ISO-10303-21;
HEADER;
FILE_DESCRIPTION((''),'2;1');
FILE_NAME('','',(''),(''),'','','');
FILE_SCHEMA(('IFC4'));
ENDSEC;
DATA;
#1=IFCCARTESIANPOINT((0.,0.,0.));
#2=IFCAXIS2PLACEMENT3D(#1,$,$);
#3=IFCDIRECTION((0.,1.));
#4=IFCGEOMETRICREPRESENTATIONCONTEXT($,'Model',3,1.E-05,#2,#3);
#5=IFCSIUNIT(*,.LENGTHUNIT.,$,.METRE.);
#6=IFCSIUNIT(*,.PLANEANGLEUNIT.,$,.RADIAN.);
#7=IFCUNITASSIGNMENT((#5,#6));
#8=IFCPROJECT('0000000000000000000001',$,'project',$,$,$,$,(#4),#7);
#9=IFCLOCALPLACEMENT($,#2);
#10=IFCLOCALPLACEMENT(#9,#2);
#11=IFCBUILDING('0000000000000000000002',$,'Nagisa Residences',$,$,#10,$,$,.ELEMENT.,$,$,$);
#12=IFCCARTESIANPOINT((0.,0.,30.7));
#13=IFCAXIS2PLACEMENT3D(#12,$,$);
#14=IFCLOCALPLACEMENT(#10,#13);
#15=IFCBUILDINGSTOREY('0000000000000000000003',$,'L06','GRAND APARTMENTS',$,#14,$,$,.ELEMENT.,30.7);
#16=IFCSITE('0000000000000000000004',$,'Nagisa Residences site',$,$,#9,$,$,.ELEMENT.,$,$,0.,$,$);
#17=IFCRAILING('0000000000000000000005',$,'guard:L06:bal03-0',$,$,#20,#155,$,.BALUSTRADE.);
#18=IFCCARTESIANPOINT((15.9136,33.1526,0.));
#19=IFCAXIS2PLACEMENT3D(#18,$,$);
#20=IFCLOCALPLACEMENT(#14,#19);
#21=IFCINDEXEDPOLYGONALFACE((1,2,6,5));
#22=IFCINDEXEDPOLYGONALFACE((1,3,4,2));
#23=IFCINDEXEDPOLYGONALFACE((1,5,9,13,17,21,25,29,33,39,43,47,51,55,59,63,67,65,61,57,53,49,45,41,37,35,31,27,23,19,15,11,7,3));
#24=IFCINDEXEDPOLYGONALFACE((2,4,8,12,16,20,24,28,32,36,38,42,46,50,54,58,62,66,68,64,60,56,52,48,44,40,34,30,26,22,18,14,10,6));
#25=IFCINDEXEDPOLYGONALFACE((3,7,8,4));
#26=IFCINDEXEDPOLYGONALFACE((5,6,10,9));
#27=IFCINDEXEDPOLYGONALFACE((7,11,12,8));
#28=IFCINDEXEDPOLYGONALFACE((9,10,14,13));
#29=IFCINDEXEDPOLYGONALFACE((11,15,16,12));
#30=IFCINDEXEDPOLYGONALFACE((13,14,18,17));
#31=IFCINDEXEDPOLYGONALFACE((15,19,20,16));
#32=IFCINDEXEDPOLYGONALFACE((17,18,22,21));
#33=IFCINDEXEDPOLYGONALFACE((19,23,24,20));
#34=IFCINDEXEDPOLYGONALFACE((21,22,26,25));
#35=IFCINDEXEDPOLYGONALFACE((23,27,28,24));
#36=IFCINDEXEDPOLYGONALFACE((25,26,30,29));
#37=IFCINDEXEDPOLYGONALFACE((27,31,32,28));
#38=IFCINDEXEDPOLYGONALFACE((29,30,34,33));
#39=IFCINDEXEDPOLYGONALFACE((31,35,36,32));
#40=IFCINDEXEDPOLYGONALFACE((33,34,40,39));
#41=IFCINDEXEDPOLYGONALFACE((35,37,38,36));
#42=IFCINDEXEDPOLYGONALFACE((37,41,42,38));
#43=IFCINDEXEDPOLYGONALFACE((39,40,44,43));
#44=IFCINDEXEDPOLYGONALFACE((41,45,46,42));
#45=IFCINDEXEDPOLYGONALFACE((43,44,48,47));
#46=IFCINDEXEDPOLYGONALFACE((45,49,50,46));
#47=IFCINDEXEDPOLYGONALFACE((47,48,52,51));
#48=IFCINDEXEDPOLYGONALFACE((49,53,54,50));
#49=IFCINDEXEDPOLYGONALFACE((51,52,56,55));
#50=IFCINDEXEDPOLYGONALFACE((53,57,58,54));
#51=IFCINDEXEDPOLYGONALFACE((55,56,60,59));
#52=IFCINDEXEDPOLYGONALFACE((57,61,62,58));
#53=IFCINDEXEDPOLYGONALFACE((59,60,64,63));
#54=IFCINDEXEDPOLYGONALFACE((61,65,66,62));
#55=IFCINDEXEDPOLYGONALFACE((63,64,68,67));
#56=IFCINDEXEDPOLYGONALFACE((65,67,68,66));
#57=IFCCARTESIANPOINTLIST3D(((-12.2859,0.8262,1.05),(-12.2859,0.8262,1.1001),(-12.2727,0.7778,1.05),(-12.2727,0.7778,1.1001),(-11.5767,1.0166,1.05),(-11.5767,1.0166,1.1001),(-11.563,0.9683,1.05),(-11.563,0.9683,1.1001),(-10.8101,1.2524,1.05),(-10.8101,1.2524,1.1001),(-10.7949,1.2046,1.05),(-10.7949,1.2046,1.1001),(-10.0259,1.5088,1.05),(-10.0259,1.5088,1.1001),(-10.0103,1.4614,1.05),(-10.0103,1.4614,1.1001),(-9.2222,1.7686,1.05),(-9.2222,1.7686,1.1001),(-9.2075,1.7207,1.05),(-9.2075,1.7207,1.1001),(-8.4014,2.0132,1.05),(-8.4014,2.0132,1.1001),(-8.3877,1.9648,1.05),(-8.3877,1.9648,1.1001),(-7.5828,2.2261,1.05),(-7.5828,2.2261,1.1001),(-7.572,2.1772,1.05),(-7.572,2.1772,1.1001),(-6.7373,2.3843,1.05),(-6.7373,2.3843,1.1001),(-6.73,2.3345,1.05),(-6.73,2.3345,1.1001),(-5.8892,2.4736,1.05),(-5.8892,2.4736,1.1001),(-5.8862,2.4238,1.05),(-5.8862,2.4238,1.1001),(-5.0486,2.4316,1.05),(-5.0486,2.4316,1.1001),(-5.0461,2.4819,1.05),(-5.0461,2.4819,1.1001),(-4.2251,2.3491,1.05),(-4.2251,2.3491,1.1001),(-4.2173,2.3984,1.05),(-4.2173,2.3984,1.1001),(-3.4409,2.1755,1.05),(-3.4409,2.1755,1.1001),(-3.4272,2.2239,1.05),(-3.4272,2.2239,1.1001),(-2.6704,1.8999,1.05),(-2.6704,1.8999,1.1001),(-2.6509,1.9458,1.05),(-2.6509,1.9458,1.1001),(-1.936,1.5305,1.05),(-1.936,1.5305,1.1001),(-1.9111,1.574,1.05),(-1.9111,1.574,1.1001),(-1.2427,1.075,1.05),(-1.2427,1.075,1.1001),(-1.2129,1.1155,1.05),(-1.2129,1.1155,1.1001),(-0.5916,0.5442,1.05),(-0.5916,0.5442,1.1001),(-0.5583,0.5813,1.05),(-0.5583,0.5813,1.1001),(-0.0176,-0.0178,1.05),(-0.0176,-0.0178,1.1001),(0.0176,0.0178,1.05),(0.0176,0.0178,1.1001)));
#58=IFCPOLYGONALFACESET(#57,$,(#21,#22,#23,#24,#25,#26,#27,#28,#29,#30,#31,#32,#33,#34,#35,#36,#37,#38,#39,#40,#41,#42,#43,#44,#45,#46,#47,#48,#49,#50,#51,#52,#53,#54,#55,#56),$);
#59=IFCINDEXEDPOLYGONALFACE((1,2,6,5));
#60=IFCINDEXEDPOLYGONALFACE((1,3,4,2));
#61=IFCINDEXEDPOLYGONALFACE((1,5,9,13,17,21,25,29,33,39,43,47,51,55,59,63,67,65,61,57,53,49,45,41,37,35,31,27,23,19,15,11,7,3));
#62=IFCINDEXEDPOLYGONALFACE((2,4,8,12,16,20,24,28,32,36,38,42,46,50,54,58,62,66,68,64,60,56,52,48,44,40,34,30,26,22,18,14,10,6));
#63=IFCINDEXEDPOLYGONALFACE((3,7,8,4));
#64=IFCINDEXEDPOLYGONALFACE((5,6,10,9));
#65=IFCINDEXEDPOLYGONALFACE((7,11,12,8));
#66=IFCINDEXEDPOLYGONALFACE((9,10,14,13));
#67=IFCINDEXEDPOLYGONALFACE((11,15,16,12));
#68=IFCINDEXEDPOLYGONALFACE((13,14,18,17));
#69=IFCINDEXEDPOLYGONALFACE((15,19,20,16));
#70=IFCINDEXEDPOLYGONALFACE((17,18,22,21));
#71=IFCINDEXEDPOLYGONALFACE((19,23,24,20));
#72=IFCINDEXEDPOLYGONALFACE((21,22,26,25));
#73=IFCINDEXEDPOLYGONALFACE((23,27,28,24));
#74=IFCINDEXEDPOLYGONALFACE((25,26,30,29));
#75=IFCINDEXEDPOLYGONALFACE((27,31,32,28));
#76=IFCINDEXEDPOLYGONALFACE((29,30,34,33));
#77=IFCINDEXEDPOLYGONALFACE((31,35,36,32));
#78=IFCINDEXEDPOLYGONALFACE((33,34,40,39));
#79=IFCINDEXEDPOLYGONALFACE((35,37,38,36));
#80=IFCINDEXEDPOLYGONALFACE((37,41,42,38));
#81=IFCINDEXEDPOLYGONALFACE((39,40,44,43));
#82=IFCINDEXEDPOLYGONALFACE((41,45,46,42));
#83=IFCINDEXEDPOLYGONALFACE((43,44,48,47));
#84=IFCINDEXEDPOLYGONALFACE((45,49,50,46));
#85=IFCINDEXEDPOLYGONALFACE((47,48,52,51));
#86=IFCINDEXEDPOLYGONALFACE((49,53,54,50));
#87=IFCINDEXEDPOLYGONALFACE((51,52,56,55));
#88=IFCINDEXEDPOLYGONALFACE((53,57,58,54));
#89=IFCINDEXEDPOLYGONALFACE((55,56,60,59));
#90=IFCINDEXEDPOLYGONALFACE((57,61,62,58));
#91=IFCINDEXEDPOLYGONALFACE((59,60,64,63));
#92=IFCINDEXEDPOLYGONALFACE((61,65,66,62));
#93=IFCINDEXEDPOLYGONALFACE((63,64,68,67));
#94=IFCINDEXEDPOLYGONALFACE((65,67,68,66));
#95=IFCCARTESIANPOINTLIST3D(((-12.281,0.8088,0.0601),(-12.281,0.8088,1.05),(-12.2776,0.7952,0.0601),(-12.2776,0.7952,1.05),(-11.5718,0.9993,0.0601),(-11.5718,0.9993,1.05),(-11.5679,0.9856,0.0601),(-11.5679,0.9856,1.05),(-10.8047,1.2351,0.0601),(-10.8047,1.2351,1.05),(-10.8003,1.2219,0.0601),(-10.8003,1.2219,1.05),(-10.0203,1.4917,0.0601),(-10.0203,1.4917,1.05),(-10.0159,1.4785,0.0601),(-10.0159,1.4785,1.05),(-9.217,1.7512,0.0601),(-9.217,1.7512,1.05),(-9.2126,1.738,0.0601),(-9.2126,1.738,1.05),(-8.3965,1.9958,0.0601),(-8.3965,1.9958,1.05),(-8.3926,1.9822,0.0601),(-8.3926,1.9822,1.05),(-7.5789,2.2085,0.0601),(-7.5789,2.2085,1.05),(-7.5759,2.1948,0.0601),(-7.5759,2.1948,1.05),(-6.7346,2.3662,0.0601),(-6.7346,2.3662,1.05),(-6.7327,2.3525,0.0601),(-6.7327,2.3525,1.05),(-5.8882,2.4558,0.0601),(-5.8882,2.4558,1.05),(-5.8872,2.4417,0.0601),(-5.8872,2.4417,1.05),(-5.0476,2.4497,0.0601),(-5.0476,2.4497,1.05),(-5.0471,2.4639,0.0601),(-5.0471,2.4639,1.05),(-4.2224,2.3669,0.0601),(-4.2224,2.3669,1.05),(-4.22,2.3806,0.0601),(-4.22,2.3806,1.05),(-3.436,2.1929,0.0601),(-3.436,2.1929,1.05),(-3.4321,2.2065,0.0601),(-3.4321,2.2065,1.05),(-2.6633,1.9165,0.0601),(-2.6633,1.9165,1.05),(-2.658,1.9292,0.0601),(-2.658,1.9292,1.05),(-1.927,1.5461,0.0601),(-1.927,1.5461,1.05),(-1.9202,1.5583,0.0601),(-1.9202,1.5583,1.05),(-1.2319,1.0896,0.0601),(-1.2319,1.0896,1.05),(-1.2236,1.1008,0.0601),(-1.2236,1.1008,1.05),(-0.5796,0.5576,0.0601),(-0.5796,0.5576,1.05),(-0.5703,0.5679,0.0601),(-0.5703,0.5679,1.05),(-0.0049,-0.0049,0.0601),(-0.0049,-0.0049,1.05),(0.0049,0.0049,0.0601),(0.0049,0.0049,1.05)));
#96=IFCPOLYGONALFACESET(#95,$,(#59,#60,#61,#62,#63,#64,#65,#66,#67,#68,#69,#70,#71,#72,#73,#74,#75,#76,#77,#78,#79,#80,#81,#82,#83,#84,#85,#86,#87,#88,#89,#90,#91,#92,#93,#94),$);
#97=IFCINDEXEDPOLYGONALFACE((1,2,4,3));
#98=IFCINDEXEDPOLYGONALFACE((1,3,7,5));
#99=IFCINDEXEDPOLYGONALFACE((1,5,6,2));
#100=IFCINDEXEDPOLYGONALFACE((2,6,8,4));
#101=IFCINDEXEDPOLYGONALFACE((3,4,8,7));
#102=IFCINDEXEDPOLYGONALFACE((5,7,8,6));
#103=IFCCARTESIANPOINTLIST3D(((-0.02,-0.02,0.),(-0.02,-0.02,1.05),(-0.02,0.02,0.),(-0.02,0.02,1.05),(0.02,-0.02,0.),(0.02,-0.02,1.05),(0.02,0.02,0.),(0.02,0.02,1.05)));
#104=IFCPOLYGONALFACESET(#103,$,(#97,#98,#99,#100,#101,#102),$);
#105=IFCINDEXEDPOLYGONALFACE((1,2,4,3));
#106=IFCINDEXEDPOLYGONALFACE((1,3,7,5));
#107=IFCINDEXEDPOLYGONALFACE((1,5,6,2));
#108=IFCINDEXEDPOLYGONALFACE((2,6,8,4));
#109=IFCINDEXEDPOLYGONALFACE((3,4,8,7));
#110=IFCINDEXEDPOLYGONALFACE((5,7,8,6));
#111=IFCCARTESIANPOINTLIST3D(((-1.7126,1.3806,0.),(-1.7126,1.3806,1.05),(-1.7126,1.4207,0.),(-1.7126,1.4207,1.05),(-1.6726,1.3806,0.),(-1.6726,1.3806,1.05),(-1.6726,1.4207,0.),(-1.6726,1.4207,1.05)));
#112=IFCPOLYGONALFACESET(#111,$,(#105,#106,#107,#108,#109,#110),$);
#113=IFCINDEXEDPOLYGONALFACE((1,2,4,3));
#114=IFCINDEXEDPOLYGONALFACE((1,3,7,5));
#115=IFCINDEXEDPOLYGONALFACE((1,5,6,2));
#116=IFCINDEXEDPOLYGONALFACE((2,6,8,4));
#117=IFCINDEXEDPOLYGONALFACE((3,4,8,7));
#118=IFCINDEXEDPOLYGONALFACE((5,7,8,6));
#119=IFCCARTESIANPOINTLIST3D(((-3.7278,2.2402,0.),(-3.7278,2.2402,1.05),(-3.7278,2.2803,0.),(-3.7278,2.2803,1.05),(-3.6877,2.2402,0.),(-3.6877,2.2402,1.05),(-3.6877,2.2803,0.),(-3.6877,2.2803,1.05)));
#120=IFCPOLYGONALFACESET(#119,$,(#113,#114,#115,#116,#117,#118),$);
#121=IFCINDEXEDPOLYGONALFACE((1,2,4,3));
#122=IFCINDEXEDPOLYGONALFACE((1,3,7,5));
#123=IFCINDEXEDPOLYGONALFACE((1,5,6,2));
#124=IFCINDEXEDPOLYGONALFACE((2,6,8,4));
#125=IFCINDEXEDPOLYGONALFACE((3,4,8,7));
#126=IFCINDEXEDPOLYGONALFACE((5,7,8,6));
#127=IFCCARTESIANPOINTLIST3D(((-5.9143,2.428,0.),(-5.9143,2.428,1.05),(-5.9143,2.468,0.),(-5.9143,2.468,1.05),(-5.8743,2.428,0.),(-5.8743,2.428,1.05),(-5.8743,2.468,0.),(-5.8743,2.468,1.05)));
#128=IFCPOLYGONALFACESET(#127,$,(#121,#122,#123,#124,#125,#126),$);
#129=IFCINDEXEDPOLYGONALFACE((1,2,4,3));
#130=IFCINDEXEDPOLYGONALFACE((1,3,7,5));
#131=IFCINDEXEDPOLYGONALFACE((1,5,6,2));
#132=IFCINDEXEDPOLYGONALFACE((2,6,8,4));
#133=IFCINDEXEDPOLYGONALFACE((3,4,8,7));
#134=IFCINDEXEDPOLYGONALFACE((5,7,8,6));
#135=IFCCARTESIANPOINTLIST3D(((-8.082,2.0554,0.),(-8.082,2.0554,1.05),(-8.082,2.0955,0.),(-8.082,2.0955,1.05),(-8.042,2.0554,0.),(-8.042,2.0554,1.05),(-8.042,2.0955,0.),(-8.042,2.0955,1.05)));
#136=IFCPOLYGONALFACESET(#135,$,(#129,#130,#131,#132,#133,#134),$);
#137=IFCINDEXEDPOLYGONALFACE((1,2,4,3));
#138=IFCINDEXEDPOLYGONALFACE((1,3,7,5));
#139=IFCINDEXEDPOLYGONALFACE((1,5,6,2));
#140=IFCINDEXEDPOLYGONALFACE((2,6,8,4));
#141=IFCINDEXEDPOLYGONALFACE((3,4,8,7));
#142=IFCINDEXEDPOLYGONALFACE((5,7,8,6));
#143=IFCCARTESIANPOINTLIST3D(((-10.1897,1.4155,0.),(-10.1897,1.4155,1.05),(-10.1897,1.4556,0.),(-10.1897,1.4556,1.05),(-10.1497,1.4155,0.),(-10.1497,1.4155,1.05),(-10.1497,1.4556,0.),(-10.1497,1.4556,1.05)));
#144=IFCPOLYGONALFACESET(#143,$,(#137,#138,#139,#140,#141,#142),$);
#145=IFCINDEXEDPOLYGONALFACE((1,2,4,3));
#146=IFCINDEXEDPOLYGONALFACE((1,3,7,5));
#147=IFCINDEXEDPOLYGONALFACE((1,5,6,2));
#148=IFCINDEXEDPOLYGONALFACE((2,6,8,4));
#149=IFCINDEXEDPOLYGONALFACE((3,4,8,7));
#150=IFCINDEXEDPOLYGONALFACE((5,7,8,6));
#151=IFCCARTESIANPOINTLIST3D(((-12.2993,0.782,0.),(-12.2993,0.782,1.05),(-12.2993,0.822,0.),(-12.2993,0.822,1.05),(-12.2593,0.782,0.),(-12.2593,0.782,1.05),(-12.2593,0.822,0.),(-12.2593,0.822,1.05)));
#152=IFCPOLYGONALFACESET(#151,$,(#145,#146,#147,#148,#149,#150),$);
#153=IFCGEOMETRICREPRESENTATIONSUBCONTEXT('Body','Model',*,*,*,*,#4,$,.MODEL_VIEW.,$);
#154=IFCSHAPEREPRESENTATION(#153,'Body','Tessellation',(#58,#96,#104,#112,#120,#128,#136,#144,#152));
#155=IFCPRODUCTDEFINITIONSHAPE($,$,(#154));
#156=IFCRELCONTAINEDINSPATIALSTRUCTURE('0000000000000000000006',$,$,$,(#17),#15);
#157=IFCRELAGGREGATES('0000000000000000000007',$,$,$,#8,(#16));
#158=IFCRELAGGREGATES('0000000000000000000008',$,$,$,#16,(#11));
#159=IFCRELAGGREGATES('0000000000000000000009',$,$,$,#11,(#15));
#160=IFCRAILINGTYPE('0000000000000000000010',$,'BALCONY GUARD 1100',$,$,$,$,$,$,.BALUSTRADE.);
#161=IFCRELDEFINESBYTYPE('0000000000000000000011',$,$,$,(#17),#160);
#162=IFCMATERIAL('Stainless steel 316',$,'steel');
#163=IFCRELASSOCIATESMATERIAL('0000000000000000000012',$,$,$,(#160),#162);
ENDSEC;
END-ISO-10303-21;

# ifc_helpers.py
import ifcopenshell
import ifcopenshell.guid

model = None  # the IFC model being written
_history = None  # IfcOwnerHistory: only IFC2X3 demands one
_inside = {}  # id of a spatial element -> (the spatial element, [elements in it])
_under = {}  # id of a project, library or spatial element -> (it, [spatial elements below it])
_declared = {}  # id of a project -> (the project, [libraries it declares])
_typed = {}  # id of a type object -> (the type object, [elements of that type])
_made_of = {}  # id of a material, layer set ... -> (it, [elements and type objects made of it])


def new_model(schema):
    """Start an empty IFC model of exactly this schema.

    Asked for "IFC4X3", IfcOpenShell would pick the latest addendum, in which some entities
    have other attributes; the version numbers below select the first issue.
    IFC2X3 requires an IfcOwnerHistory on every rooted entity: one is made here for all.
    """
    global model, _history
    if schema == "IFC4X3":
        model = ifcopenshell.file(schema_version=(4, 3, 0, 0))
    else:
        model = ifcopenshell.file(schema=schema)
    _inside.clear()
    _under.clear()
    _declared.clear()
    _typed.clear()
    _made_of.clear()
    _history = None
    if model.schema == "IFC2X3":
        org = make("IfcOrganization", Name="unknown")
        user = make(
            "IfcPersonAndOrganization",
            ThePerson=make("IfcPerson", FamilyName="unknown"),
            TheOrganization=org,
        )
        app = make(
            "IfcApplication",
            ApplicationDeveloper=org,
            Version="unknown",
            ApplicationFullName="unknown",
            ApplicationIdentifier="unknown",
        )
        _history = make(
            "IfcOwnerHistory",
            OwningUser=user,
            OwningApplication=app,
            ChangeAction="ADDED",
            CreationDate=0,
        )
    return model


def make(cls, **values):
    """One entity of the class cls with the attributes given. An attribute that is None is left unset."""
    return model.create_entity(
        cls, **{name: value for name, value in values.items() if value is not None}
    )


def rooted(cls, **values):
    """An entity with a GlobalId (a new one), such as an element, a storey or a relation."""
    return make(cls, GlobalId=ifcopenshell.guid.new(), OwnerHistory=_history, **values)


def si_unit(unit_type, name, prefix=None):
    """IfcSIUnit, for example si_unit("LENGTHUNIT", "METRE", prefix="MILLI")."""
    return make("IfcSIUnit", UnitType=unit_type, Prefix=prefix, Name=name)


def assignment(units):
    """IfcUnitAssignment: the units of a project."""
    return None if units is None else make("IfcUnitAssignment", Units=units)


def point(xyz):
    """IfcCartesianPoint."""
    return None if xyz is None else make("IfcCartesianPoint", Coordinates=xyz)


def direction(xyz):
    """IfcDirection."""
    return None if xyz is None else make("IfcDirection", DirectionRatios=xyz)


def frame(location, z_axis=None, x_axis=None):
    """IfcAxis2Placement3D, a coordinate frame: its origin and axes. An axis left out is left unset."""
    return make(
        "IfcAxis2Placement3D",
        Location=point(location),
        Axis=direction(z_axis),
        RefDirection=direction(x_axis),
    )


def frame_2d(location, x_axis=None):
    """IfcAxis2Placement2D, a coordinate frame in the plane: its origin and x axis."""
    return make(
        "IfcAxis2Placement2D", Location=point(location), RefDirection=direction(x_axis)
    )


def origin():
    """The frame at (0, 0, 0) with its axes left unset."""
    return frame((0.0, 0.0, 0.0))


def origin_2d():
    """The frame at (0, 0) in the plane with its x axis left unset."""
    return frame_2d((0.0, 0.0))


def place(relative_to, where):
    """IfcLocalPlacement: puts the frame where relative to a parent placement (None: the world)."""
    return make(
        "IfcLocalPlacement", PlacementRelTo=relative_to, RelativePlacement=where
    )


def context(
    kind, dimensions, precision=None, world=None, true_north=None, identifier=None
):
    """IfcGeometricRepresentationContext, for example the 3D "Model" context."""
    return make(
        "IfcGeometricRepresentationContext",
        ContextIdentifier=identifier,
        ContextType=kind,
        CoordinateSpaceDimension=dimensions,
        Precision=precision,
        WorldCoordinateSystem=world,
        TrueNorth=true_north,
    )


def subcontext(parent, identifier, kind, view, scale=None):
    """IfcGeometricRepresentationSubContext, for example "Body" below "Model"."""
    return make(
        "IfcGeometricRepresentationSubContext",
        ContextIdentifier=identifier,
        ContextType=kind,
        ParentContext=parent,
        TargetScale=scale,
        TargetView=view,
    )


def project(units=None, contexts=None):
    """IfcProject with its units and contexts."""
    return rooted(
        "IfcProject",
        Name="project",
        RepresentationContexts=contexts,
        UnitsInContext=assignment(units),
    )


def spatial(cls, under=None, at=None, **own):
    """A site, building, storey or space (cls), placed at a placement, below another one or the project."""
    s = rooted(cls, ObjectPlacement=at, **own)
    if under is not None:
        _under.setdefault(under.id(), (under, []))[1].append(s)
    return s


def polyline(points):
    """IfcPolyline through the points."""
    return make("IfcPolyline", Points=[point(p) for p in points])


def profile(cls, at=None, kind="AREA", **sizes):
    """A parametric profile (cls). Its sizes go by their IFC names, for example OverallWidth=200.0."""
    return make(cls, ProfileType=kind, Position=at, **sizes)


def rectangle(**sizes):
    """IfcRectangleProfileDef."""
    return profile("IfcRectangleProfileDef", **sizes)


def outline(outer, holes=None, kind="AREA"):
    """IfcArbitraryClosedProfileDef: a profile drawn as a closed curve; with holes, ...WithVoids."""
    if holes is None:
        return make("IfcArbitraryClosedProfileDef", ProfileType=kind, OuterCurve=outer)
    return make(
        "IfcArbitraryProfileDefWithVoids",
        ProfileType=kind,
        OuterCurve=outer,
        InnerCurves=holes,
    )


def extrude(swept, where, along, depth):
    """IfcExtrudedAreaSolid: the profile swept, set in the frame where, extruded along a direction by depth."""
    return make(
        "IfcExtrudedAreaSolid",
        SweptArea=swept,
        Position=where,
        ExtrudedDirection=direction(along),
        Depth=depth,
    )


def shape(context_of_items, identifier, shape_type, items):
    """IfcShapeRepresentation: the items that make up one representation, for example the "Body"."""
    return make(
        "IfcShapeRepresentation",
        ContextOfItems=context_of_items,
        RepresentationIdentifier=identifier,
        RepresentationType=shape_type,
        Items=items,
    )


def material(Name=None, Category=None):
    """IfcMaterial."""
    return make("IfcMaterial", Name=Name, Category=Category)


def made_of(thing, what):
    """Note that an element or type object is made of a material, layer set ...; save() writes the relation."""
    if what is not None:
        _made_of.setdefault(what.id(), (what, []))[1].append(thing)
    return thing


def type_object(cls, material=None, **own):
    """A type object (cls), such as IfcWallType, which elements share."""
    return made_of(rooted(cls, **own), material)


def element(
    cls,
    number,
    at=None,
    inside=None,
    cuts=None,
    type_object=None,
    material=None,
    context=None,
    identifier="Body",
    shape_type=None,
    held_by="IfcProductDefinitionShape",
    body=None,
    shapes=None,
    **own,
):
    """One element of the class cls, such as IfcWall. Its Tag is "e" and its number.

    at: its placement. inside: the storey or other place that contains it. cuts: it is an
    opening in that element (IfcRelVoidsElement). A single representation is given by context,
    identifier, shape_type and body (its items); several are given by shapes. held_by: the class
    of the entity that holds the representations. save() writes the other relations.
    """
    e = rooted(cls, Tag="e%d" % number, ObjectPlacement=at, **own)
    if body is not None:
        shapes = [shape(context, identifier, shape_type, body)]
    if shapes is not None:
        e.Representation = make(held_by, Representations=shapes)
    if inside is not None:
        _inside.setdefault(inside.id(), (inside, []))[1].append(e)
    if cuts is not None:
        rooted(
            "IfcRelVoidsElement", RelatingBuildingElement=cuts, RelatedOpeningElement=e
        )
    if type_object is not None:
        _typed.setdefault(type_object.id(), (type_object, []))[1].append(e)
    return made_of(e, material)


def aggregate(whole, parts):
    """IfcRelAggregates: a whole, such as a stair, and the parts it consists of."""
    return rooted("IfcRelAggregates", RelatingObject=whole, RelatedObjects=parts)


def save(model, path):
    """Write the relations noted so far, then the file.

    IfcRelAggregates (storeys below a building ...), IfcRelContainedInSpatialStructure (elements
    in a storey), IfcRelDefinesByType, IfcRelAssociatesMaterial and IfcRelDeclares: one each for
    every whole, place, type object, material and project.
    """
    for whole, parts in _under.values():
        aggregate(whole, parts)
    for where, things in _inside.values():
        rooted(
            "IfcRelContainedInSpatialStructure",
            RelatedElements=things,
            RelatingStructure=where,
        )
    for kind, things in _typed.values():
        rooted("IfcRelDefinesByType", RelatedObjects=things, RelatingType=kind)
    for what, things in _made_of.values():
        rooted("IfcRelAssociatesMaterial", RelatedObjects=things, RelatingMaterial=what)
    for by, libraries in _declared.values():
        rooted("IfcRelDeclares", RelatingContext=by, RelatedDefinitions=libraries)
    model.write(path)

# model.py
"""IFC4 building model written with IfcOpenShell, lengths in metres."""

from ifc_helpers import new_model, si_unit, direction, frame, origin, origin_2d, place, context, subcontext, project, spatial, polyline, rectangle, outline, extrude, material, type_object, element, save


model = new_model("IFC4")

# Units and contexts
model_context = context("Model", 3, precision=1e-05, world=origin(), true_north=direction((0.0, 1.0)))
body_context = subcontext(model_context, "Body", "Model", "MODEL_VIEW")
ifc_project = project(units=[si_unit("LENGTHUNIT", "METRE"), si_unit("PLANEANGLEUNIT", "RADIAN")], contexts=[model_context])

# Site, building, storey
site_placement = place(None, origin())
site = spatial("IfcSite", under=ifc_project, at=site_placement, Name="Nagisa Residences site", CompositionType="ELEMENT", RefElevation=0.0)
building_placement = place(site_placement, origin())
building = spatial("IfcBuilding", under=site, at=building_placement, Name="Nagisa Residences", CompositionType="ELEMENT")
storey_placement = place(building_placement, frame((0.0, 0.0, 30.7)))
storey = spatial("IfcBuildingStorey", under=building, at=storey_placement, Name="L06", Description="GRAND APARTMENTS", CompositionType="ELEMENT", Elevation=30.7)

# Railing
ifc_material_1 = material(Name="Stainless steel 316", Category="steel")
railing_type = type_object("IfcRailingType", Name="BALCONY GUARD 1100", PredefinedType="BALUSTRADE", material=ifc_material_1)
railing_1_placement = place(storey_placement, frame((15.9136, 33.1526, 0.0)))
element("IfcRailing", 1, at=railing_1_placement, inside=storey, type_object=railing_type, Name="guard:L06:bal03-0", PredefinedType="BALUSTRADE", context=body_context, shape_type="SweptSolid", body=[
    extrude(outline(polyline([(-0.5916, 0.5442), (-0.0176, -0.0178), (0.0176, 0.0178), (-0.5583, 0.5813), (-1.2129, 1.1155), (-1.9111, 1.574), (-2.6509, 1.9458), (-3.4272, 2.2239), (-4.2173, 2.3984), (-5.0461, 2.4819), (-5.8892, 2.4736), (-6.7373, 2.3843), (-7.5828, 2.2261), (-8.4014, 2.0132), (-9.2222, 1.7686), (-10.0259, 1.5088), (-10.8101, 1.2524), (-11.5767, 1.0166), (-12.2859, 0.8262), (-12.2727, 0.7778), (-11.563, 0.9683), (-10.7949, 1.2046), (-10.0103, 1.4614), (-9.2075, 1.7207), (-8.3877, 1.9648), (-7.572, 2.1772), (-6.73, 2.3345), (-5.8862, 2.4238), (-5.0486, 2.4316), (-4.2251, 2.3491), (-3.4409, 2.1755), (-2.6704, 1.8999), (-1.936, 1.5305), (-1.2427, 1.075), (-0.5916, 0.5442)])), frame((0.0, 0.0, 1.05)), (0.0, 0.0, 1.0), 0.05),
    extrude(outline(polyline([(-0.5796, 0.5576), (-0.0049, -0.0049), (0.0049, 0.0049), (-0.5703, 0.5679), (-1.2236, 1.1008), (-1.9202, 1.5583), (-2.658, 1.9292), (-3.4321, 2.2065), (-4.22, 2.3806), (-5.0471, 2.4639), (-5.8882, 2.4558), (-6.7346, 2.3662), (-7.5789, 2.2085), (-8.3965, 1.9958), (-9.217, 1.7512), (-10.0203, 1.4917), (-10.8047, 1.2351), (-11.5718, 0.9993), (-12.281, 0.8088), (-12.2776, 0.7952), (-11.5679, 0.9856), (-10.8003, 1.2219), (-10.0159, 1.4785), (-9.2126, 1.738), (-8.3926, 1.9822), (-7.5759, 2.1948), (-6.7327, 2.3525), (-5.8872, 2.4417), (-5.0476, 2.4497), (-4.2224, 2.3669), (-3.436, 2.1929), (-2.6633, 1.9165), (-1.927, 1.5461), (-1.2319, 1.0896), (-0.5796, 0.5576)])), frame((0.0, 0.0, 0.0601)), (0.0, 0.0, 1.0), 0.99),
    extrude(rectangle(XDim=0.04, YDim=0.04, at=origin_2d()), origin(), (0.0, 0.0, 1.0), 1.05),
    extrude(rectangle(XDim=0.04, YDim=0.04, at=origin_2d()), frame((-1.6926, 1.4006, 0.0)), (0.0, 0.0, 1.0), 1.05),
    extrude(rectangle(XDim=0.04, YDim=0.04, at=origin_2d()), frame((-3.7078, 2.2603, 0.0)), (0.0, 0.0, 1.0), 1.05),
    extrude(rectangle(XDim=0.04, YDim=0.04, at=origin_2d()), frame((-5.8943, 2.448, 0.0)), (0.0, 0.0, 1.0), 1.05),
    extrude(rectangle(XDim=0.04, YDim=0.04, at=origin_2d()), frame((-8.062, 2.0754, 0.0)), (0.0, 0.0, 1.0), 1.05),
    extrude(rectangle(XDim=0.04, YDim=0.04, at=origin_2d()), frame((-10.1697, 1.4355, 0.0)), (0.0, 0.0, 1.0), 1.05),
    extrude(rectangle(XDim=0.04, YDim=0.04, at=origin_2d()), frame((-12.2793, 0.802, 0.0)), (0.0, 0.0, 1.0), 1.05),
])

save(model, "model.ifc")
